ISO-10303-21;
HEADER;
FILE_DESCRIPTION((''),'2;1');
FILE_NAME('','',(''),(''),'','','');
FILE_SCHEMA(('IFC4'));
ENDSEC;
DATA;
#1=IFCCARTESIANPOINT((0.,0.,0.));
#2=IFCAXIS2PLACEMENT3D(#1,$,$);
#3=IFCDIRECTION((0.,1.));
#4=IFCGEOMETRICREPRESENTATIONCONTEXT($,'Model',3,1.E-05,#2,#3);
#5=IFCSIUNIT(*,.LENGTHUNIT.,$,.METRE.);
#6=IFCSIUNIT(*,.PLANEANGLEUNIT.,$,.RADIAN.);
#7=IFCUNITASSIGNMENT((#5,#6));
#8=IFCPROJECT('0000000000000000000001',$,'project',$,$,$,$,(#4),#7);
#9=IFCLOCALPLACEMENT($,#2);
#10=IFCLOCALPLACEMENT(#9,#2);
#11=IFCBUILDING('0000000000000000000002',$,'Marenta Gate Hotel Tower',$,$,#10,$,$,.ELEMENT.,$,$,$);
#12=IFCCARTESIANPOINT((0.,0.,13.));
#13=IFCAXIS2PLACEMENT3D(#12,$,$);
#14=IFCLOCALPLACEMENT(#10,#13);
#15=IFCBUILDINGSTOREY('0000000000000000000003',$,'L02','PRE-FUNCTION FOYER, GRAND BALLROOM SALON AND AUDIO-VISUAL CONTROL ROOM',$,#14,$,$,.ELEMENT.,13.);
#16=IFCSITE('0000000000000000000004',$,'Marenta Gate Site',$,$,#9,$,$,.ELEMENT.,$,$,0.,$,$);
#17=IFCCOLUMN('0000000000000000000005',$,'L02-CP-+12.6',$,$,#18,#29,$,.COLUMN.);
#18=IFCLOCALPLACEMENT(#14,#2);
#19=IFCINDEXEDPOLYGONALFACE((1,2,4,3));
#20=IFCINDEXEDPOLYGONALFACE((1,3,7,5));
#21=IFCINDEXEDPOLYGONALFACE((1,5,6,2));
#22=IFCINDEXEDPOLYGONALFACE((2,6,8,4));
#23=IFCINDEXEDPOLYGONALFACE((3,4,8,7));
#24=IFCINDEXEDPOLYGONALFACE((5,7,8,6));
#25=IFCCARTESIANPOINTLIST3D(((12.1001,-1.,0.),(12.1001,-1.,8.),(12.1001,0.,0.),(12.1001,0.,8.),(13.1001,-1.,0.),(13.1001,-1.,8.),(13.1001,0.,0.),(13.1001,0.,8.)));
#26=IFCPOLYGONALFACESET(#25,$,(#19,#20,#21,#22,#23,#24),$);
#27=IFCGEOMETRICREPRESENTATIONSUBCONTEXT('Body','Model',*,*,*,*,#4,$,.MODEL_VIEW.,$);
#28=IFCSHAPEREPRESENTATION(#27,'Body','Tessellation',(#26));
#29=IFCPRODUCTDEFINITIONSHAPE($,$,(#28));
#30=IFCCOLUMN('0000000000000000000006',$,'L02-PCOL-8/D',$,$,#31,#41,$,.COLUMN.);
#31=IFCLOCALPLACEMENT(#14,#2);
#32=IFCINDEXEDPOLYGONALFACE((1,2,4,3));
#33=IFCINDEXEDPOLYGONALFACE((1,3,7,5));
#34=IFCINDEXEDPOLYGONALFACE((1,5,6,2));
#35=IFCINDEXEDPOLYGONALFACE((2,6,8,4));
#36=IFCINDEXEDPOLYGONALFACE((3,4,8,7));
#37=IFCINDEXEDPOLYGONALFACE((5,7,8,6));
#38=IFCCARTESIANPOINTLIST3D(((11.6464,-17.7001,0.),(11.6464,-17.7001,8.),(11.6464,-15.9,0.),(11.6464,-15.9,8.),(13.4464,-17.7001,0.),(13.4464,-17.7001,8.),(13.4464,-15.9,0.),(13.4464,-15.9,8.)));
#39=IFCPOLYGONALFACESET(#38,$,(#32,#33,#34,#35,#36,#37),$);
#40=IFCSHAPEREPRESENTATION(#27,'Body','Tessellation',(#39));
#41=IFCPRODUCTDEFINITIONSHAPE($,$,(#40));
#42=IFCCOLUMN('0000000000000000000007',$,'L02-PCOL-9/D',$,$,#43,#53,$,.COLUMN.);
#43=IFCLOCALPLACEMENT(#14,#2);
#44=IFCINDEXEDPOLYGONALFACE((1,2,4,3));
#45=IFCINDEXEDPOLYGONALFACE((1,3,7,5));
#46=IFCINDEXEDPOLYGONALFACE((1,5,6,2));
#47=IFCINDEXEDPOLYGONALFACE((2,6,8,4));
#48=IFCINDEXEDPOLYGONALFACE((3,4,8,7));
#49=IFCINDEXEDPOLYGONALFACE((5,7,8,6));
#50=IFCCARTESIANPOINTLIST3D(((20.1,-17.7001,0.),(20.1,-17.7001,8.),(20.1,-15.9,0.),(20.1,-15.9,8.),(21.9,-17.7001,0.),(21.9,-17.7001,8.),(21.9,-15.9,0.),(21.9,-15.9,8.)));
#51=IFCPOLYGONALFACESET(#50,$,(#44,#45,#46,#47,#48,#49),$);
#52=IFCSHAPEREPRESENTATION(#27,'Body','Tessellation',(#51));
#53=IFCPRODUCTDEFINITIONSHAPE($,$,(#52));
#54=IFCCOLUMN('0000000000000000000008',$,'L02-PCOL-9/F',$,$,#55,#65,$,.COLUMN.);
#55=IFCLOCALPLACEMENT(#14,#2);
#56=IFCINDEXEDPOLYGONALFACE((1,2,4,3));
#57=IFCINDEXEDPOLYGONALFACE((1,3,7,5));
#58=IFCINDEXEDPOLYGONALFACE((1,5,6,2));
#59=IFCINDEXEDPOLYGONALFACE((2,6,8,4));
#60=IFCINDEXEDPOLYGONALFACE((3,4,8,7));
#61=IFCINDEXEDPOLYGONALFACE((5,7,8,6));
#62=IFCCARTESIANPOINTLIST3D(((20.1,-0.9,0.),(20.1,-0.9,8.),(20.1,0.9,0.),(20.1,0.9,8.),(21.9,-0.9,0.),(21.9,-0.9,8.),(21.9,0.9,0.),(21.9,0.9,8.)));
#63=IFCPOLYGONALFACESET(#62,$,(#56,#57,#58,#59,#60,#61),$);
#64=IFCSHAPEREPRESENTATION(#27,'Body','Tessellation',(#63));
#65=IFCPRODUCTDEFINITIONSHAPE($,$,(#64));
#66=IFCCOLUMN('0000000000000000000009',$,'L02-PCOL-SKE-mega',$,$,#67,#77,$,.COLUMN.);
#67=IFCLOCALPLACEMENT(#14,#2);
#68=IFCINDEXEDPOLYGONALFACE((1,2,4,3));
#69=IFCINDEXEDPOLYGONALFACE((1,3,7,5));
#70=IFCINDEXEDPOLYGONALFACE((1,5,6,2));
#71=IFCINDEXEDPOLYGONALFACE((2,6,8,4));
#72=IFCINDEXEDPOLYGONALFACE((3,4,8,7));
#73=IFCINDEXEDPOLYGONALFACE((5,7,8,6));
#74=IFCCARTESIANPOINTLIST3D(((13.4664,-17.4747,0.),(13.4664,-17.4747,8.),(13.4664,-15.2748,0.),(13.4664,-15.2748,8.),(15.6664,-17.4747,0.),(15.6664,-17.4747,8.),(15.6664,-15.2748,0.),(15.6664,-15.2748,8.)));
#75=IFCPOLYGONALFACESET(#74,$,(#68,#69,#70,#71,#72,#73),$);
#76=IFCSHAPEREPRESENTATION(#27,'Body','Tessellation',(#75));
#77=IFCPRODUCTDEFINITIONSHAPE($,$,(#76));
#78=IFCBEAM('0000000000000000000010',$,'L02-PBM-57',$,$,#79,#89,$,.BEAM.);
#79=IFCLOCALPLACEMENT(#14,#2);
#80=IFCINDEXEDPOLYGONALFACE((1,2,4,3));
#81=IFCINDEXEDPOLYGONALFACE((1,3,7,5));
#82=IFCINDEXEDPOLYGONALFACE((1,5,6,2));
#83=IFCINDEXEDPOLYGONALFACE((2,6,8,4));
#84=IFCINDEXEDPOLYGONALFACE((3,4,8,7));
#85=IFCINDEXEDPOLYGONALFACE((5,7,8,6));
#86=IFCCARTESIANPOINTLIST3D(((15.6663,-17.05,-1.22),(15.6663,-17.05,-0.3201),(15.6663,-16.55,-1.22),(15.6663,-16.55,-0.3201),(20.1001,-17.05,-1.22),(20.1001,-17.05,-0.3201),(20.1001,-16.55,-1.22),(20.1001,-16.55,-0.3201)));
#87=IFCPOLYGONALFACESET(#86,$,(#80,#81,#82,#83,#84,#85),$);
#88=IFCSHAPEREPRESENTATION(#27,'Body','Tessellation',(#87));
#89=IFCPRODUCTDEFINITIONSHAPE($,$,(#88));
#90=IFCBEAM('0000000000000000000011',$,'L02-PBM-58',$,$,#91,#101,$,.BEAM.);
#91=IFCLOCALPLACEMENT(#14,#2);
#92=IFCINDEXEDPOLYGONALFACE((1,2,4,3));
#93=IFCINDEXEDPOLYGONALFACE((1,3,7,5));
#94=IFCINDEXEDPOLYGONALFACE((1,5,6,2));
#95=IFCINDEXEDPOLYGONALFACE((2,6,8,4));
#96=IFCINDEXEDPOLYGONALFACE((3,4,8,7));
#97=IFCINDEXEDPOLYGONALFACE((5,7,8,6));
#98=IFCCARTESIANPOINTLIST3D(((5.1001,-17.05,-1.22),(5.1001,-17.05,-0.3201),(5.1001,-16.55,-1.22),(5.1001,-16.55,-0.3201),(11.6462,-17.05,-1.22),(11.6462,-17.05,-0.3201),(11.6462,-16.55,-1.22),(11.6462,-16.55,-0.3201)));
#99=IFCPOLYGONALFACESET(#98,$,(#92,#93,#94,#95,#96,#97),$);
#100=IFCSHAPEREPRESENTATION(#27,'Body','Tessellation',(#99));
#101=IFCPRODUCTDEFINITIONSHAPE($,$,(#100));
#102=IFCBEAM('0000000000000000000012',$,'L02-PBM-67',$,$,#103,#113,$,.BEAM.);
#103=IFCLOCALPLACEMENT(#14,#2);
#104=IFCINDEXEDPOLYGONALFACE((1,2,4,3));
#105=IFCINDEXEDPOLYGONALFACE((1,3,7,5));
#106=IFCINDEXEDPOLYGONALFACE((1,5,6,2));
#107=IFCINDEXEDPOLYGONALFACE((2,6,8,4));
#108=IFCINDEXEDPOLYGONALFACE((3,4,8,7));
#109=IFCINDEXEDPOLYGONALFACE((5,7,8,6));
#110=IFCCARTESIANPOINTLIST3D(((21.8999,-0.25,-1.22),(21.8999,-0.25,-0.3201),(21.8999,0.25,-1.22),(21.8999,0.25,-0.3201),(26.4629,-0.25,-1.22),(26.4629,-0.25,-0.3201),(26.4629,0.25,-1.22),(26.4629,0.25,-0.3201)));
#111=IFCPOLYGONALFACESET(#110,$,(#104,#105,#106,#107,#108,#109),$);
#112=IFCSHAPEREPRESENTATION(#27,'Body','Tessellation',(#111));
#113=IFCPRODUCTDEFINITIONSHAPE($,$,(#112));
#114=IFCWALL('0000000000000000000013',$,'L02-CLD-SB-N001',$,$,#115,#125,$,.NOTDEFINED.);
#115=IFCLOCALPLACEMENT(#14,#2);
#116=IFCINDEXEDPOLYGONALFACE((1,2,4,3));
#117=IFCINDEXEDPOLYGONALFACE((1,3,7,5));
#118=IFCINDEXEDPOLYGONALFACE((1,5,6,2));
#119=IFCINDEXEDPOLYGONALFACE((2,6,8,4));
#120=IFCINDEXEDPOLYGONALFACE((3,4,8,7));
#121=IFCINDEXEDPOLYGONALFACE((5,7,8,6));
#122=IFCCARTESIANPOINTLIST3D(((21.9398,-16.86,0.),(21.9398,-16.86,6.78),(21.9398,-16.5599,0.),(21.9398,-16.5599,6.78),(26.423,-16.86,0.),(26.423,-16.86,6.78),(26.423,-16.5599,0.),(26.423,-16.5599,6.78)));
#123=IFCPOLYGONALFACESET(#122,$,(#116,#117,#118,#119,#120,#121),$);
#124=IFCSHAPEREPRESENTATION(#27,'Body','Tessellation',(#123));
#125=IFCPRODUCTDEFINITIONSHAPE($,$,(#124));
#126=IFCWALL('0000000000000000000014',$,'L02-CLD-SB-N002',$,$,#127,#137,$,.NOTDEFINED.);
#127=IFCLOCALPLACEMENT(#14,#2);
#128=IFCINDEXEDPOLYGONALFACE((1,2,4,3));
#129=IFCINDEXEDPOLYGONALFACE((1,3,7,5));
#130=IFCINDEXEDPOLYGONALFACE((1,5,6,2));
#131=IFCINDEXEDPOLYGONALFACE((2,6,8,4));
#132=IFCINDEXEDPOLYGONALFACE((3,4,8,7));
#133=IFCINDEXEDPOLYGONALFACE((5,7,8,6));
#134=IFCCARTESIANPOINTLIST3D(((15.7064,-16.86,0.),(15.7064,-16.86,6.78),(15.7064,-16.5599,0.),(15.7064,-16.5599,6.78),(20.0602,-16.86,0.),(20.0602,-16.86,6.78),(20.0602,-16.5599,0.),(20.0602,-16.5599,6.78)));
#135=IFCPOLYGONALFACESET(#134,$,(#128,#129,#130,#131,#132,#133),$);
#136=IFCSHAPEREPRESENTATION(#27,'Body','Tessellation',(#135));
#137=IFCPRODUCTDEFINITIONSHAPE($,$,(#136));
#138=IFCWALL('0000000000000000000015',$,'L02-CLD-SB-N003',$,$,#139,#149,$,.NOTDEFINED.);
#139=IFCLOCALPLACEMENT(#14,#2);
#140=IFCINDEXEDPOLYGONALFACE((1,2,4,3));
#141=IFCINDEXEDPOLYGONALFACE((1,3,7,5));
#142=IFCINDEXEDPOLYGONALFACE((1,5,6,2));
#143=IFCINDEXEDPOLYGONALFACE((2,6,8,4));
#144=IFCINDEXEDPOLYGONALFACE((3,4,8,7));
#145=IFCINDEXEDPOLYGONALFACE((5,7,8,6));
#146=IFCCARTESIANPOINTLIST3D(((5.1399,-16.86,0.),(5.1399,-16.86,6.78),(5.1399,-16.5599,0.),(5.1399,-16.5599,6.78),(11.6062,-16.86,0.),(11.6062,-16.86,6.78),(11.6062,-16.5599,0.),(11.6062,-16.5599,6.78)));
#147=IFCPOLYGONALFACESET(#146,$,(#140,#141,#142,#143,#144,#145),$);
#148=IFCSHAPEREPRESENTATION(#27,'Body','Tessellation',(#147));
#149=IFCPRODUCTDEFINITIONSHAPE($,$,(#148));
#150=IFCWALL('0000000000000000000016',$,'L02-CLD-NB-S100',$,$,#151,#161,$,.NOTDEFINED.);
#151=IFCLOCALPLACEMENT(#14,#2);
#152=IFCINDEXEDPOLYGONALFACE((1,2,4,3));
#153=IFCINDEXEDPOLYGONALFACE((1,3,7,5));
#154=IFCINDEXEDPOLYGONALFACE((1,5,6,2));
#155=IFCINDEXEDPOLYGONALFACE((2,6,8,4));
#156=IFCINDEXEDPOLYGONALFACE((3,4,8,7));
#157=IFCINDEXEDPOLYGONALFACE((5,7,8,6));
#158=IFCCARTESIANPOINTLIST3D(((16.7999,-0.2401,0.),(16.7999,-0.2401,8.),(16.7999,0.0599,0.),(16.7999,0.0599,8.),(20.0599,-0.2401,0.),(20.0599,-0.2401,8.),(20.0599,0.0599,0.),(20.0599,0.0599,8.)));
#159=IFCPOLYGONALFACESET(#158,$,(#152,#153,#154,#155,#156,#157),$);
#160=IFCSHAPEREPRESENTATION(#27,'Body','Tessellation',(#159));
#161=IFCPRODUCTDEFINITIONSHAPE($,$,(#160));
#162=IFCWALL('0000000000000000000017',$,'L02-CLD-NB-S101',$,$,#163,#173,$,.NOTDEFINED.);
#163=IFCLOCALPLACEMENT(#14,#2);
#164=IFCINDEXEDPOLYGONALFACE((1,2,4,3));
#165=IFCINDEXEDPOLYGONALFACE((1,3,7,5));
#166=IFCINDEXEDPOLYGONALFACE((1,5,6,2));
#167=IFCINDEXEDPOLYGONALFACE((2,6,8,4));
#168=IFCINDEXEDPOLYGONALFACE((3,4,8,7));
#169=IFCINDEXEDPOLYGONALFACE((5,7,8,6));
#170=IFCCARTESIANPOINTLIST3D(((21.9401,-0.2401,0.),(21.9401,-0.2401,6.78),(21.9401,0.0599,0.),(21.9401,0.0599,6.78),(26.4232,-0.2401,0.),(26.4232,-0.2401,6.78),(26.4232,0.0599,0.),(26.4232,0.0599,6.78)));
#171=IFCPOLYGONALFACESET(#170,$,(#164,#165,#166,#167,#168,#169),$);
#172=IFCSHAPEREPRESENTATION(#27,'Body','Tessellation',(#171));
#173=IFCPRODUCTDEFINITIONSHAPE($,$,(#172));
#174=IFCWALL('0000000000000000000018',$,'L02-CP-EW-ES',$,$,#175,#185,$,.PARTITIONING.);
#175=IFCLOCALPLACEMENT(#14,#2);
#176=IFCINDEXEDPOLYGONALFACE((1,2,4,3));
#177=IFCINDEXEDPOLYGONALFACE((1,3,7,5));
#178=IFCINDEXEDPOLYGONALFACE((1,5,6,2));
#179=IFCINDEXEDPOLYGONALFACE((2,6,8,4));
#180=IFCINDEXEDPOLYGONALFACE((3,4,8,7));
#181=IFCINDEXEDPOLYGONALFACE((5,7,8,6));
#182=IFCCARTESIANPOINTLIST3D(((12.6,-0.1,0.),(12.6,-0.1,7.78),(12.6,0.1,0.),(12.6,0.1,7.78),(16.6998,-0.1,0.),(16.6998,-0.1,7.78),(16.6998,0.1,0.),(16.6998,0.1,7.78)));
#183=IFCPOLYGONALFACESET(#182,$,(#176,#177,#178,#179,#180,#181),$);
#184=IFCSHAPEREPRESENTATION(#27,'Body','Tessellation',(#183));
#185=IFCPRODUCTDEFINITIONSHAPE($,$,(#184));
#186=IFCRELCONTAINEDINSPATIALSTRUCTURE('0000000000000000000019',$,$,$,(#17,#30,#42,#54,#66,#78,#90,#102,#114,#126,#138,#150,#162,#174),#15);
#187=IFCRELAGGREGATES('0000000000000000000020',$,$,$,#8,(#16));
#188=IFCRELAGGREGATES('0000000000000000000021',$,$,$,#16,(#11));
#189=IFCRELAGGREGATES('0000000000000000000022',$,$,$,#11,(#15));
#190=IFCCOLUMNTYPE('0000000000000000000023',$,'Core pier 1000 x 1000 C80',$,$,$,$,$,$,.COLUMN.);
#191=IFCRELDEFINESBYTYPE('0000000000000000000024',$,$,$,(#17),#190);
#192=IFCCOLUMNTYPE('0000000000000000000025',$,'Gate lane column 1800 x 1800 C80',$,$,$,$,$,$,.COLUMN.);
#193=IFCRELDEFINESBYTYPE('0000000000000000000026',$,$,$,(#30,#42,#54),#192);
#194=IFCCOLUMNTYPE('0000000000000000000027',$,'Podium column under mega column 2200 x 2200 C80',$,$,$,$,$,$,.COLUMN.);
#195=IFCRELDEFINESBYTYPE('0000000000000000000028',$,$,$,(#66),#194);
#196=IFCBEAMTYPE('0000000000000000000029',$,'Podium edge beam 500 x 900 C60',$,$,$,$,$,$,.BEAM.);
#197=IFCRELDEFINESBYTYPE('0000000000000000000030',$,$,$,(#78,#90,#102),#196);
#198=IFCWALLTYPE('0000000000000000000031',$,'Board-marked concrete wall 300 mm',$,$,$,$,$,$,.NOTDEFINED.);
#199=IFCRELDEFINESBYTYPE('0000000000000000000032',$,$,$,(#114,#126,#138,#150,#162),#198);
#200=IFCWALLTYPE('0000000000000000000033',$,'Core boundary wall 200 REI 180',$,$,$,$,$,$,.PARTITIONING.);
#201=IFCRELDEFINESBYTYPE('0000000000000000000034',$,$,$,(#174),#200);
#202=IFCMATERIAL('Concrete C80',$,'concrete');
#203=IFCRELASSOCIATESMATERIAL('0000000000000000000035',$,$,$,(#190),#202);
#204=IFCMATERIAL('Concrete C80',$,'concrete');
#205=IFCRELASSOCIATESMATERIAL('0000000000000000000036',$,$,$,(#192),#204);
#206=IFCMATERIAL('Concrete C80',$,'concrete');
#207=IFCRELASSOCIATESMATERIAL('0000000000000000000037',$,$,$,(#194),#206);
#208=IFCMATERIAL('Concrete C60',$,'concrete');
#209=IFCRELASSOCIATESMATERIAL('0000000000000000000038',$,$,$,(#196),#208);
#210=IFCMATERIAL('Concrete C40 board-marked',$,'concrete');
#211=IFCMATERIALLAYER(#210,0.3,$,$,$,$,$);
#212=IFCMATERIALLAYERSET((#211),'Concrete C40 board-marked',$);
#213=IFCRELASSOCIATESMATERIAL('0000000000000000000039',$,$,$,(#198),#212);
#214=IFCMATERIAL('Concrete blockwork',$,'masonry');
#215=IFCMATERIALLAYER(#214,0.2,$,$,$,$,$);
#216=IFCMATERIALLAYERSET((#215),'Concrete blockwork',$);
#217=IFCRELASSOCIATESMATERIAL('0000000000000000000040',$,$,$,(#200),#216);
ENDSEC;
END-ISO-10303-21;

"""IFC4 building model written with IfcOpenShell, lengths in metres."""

from ifc_helpers import new_model, si_unit, direction, frame, frame_2d, origin, origin_2d, place, context, subcontext, project, spatial, rectangle, extrude, material, layer, layer_set, material_profile, profile_set, type_object, element, save


model = new_model("IFC4")

# Units and contexts
model_context = context("Model", 3, precision=1e-05, world=origin(), true_north=direction((0.0, 1.0)))
body_context = subcontext(model_context, "Body", "Model", "MODEL_VIEW")
ifc_project = project(units=[si_unit("LENGTHUNIT", "METRE"), si_unit("PLANEANGLEUNIT", "RADIAN")], contexts=[model_context])

# Site, building, storey
site_placement = place(None, origin())
site = spatial("IfcSite", under=ifc_project, at=site_placement, Name="Marenta Gate Site", CompositionType="ELEMENT", RefElevation=0.0)
building_placement = place(site_placement, origin())
building = spatial("IfcBuilding", under=site, at=building_placement, Name="Marenta Gate Hotel Tower", CompositionType="ELEMENT")
storey_placement = place(building_placement, frame((0.0, 0.0, 13.0)))
storey = spatial("IfcBuildingStorey", under=building, at=storey_placement, Name="L02", Description="PRE-FUNCTION FOYER, GRAND BALLROOM SALON AND AUDIO-VISUAL CONTROL ROOM", CompositionType="ELEMENT", Elevation=13.0)

# Columns
ifc_material_1 = material(Name="Concrete C80", Category="concrete")
ifc_material_profile_1 = material_profile(ifc_material_1, rectangle(XDim=1.0, YDim=1.0, at=origin_2d()), Name="1000 x 1000")
ifc_profile_set_1 = profile_set([ifc_material_profile_1], Name="Concrete C80")
column_type_1 = type_object("IfcColumnType", Name="Core pier 1000 x 1000 C80", PredefinedType="COLUMN", material=ifc_profile_set_1)
column_1_placement = place(storey_placement, frame((12.6001, -0.5, 0.0), z_axis=(0.0, 0.0, 1.0), x_axis=(1.0, 0.0, 0.0)))
element("IfcColumn", 1, at=column_1_placement, inside=storey, type_object=column_type_1, Name="L02-CP-+12.6", PredefinedType="COLUMN", context=body_context, shape_type="SweptSolid", body=[
    extrude(rectangle(XDim=1.0, YDim=1.0, at=origin_2d()), origin(), (0.0, 0.0, 1.0), 8.0),
])
ifc_material_2 = material(Name="Concrete C80", Category="concrete")
ifc_material_profile_2 = material_profile(ifc_material_2, rectangle(XDim=1.8, YDim=1.8, at=origin_2d()), Name="1800 x 1800")
ifc_profile_set_2 = profile_set([ifc_material_profile_2], Name="Concrete C80")
column_type_2 = type_object("IfcColumnType", Name="Gate lane column 1800 x 1800 C80", PredefinedType="COLUMN", material=ifc_profile_set_2)
for number, where, z_axis, x_axis, name in (
    (2, (12.5464, -16.8, 0.0), (0.0, 0.0, 1.0), (1.0, 0.0, 0.0), "L02-PCOL-8/D"),
    (3, (21.0, -16.8, 0.0), (0.0, 0.0, 1.0), (1.0, 0.0, 0.0), "L02-PCOL-9/D"),
    (4, (21.0, 0.0, 0.0), (0.0, 0.0, 1.0), (1.0, 0.0, 0.0), "L02-PCOL-9/F"),
):
    element("IfcColumn", number, at=place(storey_placement, frame(where, z_axis=z_axis, x_axis=x_axis)), inside=storey, type_object=column_type_2, Name=name, PredefinedType="COLUMN", context=body_context, shape_type="SweptSolid", body=[
        extrude(rectangle(XDim=1.8, YDim=1.8, at=origin_2d()), origin(), (0.0, 0.0, 1.0), 8.0),
    ])
ifc_material_3 = material(Name="Concrete C80", Category="concrete")
ifc_material_profile_3 = material_profile(ifc_material_3, rectangle(XDim=2.2, YDim=2.2, at=origin_2d()), Name="2200 x 2200")
ifc_profile_set_3 = profile_set([ifc_material_profile_3], Name="Concrete C80")
column_type_3 = type_object("IfcColumnType", Name="Podium column under mega column 2200 x 2200 C80", PredefinedType="COLUMN", material=ifc_profile_set_3)
column_2_placement = place(storey_placement, frame((14.5664, -16.3748, 0.0), z_axis=(0.0, 0.0, 1.0), x_axis=(1.0, 0.0, 0.0)))
element("IfcColumn", 5, at=column_2_placement, inside=storey, type_object=column_type_3, Name="L02-PCOL-SKE-mega", PredefinedType="COLUMN", context=body_context, shape_type="SweptSolid", body=[
    extrude(rectangle(XDim=2.2, YDim=2.2, at=origin_2d()), origin(), (0.0, 0.0, 1.0), 8.0),
])

# Beams
ifc_material_4 = material(Name="Concrete C60", Category="concrete")
ifc_material_profile_4 = material_profile(ifc_material_4, rectangle(XDim=0.5, YDim=0.8999, at=origin_2d()), Name="500 x 900")
ifc_profile_set_4 = profile_set([ifc_material_profile_4], Name="Concrete C60")
beam_type = type_object("IfcBeamType", Name="Podium edge beam 500 x 900 C60", PredefinedType="BEAM", material=ifc_profile_set_4)
beam_1_placement = place(storey_placement, frame((20.1001, -16.8, -0.77), z_axis=(-1.0, 0.0, 0.0), x_axis=(0.0, -1.0, 0.0)))
element("IfcBeam", 6, at=beam_1_placement, inside=storey, type_object=beam_type, Name="L02-PBM-57", PredefinedType="BEAM", context=body_context, shape_type="SweptSolid", body=[
    extrude(rectangle(XDim=0.5, YDim=0.8999, at=origin_2d()), origin(), (0.0, 0.0, 1.0), 4.4338),
])
beam_2_placement = place(storey_placement, frame((11.6462, -16.8, -0.77), z_axis=(-1.0, 0.0, 0.0), x_axis=(0.0, -1.0, 0.0)))
element("IfcBeam", 7, at=beam_2_placement, inside=storey, type_object=beam_type, Name="L02-PBM-58", PredefinedType="BEAM", context=body_context, shape_type="SweptSolid", body=[
    extrude(rectangle(XDim=0.5, YDim=0.8999, at=origin_2d()), origin(), (0.0, 0.0, 1.0), 6.5461),
])
beam_3_placement = place(storey_placement, frame((21.8999, 0.0, -0.77), z_axis=(1.0, 0.0, 0.0), x_axis=(0.0, 1.0, 0.0)))
element("IfcBeam", 8, at=beam_3_placement, inside=storey, type_object=beam_type, Name="L02-PBM-67", PredefinedType="BEAM", context=body_context, shape_type="SweptSolid", body=[
    extrude(rectangle(XDim=0.5, YDim=0.8999, at=origin_2d()), origin(), (0.0, 0.0, 1.0), 4.563),
])

# Walls
ifc_material_5 = material(Name="Concrete C40 board-marked", Category="concrete")
ifc_layer_1 = layer(ifc_material_5, 0.3)
ifc_layer_set_1 = layer_set([ifc_layer_1], Name="Concrete C40 board-marked")
wall_type_1 = type_object("IfcWallType", Name="Board-marked concrete wall 300 mm", PredefinedType="NOTDEFINED", material=ifc_layer_set_1)
wall_1_placement = place(storey_placement, frame((26.4231, -16.71, 0.0), z_axis=(0.0, 0.0, 1.0), x_axis=(-1.0, 0.0, 0.0)))
element("IfcWall", 9, at=wall_1_placement, inside=storey, type_object=wall_type_1, Name="L02-CLD-SB-N001", PredefinedType="NOTDEFINED", context=body_context, shape_type="SweptSolid", body=[
    extrude(rectangle(XDim=4.4832, YDim=0.3, at=frame_2d((2.2417, 0.0))), origin(), (0.0, 0.0, 1.0), 6.78),
])
wall_2_placement = place(storey_placement, frame((20.0601, -16.71, 0.0), z_axis=(0.0, 0.0, 1.0), x_axis=(-1.0, 0.0, 0.0)))
element("IfcWall", 10, at=wall_2_placement, inside=storey, type_object=wall_type_1, Name="L02-CLD-SB-N002", PredefinedType="NOTDEFINED", context=body_context, shape_type="SweptSolid", body=[
    extrude(rectangle(XDim=4.3538, YDim=0.3, at=frame_2d((2.1768, 0.0))), origin(), (0.0, 0.0, 1.0), 6.78),
])
wall_3_placement = place(storey_placement, frame((11.6062, -16.71, 0.0), z_axis=(0.0, 0.0, 1.0), x_axis=(-1.0, 0.0, 0.0)))
element("IfcWall", 11, at=wall_3_placement, inside=storey, type_object=wall_type_1, Name="L02-CLD-SB-N003", PredefinedType="NOTDEFINED", context=body_context, shape_type="SweptSolid", body=[
    extrude(rectangle(XDim=6.4663, YDim=0.3, at=frame_2d((3.2332, 0.0))), origin(), (0.0, 0.0, 1.0), 6.78),
])
wall_4_placement = place(storey_placement, frame((16.8, -0.0901, 0.0), z_axis=(0.0, 0.0, 1.0), x_axis=(1.0, 0.0, 0.0)))
element("IfcWall", 12, at=wall_4_placement, inside=storey, type_object=wall_type_1, Name="L02-CLD-NB-S100", PredefinedType="NOTDEFINED", context=body_context, shape_type="SweptSolid", body=[
    extrude(rectangle(XDim=3.26, YDim=0.3, at=frame_2d((1.6299, 0.0))), origin(), (0.0, 0.0, 1.0), 8.0),
])
wall_5_placement = place(storey_placement, frame((21.9399, -0.0901, 0.0), z_axis=(0.0, 0.0, 1.0), x_axis=(1.0, 0.0, 0.0)))
element("IfcWall", 13, at=wall_5_placement, inside=storey, type_object=wall_type_1, Name="L02-CLD-NB-S101", PredefinedType="NOTDEFINED", context=body_context, shape_type="SweptSolid", body=[
    extrude(rectangle(XDim=4.4832, YDim=0.3, at=frame_2d((2.2417, 0.0))), origin(), (0.0, 0.0, 1.0), 6.78),
])

# Shared definitions
ifc_material_6 = material(Name="Concrete blockwork", Category="masonry")
ifc_layer_2 = layer(ifc_material_6, 0.2)
ifc_layer_set_2 = layer_set([ifc_layer_2], Name="Concrete blockwork")
wall_type_2 = type_object("IfcWallType", Name="Core boundary wall 200 REI 180", PredefinedType="PARTITIONING", material=ifc_layer_set_2)

# Wall
wall_6_placement = place(storey_placement, frame((12.6001, 0.0, 0.0), z_axis=(0.0, 0.0, 1.0), x_axis=(1.0, 0.0, 0.0)))
element("IfcWall", 14, at=wall_6_placement, inside=storey, type_object=wall_type_2, Name="L02-CP-EW-ES", PredefinedType="PARTITIONING", context=body_context, shape_type="SweptSolid", body=[
    extrude(rectangle(XDim=4.0999, YDim=0.2, at=frame_2d((2.0498, 0.0))), origin(), (0.0, 0.0, 1.0), 7.78),
])

save(model, "model.ifc")
